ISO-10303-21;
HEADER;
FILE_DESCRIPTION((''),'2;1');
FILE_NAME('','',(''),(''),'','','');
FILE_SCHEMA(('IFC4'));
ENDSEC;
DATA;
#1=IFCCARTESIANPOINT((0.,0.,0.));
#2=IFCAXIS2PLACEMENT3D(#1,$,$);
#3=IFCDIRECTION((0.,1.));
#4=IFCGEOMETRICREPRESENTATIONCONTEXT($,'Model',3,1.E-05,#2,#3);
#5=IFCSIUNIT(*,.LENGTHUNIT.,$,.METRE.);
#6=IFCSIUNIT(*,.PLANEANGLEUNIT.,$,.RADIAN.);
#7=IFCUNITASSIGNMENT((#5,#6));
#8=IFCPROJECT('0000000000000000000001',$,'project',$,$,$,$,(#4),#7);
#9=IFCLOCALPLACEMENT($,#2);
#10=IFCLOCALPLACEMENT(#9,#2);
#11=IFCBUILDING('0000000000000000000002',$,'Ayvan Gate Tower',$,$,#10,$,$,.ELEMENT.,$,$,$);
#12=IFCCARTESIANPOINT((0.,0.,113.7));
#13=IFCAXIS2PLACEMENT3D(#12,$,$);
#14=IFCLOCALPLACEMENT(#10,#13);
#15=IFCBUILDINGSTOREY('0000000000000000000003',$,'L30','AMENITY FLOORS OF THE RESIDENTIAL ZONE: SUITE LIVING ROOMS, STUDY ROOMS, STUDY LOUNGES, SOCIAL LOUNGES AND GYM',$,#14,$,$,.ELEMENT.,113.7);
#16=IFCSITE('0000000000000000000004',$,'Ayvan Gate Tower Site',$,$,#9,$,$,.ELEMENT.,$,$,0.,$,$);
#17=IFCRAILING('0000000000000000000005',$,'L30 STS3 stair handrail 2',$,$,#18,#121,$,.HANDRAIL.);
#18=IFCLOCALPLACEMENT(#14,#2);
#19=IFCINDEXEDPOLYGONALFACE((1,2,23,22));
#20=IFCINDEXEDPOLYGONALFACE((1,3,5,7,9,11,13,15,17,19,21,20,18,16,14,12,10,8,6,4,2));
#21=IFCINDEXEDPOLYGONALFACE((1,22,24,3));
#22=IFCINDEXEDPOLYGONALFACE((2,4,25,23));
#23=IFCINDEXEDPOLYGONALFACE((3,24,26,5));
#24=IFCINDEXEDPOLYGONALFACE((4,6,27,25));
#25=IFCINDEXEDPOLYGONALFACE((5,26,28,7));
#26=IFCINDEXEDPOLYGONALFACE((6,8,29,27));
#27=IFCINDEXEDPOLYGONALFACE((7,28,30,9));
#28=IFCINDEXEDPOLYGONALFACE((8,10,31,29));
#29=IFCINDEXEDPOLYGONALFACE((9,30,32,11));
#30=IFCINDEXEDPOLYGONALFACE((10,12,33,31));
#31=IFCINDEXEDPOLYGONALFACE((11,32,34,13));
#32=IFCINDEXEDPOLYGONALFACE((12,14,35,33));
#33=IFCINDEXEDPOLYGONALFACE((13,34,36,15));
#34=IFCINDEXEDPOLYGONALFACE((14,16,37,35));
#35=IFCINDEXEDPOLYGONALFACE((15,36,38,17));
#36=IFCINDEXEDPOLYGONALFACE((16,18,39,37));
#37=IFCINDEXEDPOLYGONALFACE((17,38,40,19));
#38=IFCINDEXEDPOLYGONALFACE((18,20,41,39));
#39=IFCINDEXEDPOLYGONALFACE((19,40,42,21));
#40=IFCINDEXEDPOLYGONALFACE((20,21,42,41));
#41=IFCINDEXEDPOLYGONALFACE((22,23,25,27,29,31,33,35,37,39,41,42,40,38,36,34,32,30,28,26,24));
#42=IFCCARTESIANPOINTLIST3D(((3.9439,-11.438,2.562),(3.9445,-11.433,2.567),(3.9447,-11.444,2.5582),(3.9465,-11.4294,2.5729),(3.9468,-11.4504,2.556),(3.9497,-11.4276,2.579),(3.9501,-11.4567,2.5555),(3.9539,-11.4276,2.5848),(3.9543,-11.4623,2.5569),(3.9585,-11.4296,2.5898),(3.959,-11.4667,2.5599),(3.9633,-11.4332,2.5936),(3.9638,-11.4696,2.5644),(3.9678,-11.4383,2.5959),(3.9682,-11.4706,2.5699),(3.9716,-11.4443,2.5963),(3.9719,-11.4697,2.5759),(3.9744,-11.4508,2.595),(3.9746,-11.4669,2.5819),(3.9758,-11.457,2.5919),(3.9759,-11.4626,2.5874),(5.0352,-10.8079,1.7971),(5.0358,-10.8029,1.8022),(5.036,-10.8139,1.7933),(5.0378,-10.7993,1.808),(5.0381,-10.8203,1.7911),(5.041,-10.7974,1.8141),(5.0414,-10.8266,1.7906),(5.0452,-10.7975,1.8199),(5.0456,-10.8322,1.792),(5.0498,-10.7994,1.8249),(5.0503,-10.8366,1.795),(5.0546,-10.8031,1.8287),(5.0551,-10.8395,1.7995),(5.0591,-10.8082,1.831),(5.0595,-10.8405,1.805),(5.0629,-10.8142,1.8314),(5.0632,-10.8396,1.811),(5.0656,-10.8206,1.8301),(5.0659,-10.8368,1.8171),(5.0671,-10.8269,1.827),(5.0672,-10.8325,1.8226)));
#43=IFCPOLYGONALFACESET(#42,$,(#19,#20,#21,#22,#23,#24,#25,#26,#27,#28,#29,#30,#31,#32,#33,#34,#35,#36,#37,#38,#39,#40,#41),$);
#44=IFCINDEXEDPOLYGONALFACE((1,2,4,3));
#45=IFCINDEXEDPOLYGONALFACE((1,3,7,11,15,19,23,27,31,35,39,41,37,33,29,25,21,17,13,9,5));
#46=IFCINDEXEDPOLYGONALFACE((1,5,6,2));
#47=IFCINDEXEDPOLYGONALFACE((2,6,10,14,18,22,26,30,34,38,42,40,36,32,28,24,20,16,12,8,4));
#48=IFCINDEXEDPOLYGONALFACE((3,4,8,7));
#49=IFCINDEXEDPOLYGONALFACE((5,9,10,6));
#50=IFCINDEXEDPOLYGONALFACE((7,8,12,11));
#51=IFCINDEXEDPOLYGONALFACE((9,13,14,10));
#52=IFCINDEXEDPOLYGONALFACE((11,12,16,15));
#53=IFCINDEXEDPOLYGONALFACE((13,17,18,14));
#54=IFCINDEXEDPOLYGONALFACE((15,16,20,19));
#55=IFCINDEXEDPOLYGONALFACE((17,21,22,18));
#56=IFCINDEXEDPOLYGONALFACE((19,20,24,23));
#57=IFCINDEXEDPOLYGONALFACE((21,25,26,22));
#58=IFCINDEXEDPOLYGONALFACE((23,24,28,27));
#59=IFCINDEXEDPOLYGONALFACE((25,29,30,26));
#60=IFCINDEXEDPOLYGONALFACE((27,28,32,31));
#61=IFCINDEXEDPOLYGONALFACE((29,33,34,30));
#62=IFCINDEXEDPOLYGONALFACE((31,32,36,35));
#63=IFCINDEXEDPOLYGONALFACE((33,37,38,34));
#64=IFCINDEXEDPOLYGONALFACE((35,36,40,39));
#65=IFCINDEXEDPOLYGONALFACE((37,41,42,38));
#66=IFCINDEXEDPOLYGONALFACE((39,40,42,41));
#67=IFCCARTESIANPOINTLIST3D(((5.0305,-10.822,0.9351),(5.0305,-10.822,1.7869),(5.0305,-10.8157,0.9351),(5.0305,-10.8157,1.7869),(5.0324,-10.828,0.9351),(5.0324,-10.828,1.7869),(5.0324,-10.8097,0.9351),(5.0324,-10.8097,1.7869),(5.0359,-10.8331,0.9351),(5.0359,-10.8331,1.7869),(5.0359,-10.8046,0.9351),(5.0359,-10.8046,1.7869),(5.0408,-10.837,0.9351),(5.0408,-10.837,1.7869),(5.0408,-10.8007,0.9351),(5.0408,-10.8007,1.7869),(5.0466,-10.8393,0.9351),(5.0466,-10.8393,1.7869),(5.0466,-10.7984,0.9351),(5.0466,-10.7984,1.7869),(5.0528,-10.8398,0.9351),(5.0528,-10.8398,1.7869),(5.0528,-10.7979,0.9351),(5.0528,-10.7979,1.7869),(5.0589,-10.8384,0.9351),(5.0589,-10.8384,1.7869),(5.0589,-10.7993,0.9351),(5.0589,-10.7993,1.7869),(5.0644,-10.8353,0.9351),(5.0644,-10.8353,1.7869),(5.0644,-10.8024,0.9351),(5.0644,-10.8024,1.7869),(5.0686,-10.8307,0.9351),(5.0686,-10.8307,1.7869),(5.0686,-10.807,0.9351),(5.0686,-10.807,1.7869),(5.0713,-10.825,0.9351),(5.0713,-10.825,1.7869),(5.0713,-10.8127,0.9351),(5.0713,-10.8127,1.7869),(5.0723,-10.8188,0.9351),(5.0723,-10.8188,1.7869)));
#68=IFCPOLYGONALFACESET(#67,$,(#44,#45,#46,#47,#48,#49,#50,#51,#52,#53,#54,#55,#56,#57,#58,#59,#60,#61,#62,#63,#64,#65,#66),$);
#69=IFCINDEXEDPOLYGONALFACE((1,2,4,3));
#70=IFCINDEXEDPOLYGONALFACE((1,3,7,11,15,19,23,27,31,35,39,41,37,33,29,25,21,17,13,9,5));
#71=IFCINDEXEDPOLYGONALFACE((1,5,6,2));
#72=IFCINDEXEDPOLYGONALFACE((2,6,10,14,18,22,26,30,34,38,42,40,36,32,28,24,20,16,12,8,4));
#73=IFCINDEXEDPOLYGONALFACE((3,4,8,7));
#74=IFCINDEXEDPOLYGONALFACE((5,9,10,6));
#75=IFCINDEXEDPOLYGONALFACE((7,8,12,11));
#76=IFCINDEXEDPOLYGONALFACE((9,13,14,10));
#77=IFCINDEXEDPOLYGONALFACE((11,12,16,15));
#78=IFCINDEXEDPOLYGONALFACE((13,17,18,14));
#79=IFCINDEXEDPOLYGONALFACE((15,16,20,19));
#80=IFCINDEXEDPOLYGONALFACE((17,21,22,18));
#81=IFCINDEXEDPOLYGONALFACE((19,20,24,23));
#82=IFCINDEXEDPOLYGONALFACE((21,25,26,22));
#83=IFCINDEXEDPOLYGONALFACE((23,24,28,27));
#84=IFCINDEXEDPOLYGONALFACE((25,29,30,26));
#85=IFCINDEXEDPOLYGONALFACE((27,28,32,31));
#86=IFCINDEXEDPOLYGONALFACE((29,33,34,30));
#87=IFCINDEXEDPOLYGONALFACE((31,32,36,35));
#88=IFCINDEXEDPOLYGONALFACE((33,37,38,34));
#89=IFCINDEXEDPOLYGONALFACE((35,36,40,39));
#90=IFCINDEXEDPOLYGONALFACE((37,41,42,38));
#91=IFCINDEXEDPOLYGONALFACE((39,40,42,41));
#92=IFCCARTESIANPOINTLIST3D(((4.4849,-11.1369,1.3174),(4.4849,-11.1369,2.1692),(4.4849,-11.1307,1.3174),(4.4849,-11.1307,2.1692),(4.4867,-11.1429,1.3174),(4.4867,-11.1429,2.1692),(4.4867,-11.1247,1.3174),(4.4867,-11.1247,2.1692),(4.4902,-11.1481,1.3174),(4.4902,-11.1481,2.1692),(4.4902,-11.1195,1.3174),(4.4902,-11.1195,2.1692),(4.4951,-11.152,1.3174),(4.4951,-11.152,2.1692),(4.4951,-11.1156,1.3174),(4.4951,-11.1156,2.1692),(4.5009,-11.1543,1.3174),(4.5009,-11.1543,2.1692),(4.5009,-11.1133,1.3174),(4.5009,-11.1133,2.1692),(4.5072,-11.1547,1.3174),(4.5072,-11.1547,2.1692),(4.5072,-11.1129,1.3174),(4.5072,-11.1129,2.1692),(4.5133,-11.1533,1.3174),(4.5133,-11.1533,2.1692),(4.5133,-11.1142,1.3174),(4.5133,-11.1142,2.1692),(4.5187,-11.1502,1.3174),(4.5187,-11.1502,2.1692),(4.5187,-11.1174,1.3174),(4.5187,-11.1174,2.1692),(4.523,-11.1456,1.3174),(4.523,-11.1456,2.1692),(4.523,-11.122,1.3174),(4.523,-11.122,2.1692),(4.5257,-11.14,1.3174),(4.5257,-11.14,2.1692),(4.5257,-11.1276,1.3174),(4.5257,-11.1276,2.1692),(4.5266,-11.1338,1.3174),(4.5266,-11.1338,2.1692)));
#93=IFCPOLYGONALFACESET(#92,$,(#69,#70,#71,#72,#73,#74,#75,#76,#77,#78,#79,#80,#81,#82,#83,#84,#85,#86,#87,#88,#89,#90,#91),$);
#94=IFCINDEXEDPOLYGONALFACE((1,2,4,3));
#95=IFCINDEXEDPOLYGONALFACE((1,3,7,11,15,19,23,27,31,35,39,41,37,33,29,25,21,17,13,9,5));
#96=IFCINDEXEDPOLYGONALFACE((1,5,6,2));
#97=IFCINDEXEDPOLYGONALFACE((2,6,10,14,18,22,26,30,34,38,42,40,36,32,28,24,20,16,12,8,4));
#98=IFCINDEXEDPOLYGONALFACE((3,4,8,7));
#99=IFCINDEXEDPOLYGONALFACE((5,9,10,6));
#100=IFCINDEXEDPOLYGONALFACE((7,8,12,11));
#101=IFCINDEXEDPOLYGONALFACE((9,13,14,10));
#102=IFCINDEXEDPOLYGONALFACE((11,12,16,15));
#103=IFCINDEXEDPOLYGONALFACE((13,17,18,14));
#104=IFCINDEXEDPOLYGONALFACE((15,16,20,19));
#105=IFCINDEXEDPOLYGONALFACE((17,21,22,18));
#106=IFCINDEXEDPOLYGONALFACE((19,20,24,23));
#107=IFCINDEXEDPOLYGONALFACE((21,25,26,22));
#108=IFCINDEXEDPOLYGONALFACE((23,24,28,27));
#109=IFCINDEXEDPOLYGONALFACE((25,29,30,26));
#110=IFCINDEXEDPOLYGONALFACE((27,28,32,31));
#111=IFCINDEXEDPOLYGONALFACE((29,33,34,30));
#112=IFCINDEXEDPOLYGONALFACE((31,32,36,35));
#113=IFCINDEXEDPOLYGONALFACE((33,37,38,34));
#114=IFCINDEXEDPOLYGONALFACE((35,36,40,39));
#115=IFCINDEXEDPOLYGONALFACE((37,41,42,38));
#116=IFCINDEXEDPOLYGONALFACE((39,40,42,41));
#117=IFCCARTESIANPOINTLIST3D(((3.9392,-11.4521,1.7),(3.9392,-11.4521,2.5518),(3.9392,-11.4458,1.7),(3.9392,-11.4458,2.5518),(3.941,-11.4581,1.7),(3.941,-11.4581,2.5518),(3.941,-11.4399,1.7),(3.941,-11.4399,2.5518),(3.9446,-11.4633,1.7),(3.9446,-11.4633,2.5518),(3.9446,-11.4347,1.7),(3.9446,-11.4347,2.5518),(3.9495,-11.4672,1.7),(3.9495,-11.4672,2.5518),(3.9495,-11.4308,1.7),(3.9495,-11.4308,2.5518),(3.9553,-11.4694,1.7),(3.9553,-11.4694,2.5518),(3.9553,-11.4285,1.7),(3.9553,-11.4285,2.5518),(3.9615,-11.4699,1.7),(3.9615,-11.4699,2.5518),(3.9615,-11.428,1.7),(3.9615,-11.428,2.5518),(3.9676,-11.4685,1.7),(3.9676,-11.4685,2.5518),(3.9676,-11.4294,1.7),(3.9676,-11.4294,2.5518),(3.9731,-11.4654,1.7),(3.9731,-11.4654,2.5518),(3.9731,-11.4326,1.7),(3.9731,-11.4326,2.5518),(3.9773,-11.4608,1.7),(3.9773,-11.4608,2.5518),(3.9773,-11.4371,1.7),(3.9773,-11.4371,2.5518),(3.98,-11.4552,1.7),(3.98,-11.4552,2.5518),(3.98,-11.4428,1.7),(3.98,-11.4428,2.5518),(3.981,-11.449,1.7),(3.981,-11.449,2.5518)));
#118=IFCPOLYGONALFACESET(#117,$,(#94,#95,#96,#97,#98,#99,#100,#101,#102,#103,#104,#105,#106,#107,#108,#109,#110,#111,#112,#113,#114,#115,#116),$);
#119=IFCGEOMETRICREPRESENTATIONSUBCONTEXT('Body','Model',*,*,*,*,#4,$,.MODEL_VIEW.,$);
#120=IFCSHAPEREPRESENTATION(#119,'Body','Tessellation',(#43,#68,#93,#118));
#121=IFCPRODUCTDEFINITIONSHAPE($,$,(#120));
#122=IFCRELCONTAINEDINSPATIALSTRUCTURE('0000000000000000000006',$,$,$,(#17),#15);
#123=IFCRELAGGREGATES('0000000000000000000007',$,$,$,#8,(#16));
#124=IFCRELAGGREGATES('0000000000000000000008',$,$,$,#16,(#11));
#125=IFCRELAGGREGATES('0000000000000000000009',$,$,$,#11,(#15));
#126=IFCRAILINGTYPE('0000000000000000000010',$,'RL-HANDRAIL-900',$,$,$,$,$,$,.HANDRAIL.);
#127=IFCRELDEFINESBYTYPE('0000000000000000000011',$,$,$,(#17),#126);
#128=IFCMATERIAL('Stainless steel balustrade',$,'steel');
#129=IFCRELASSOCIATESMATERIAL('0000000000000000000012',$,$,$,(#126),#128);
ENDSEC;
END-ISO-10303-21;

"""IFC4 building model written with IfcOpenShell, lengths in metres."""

from ifc_helpers import new_model, si_unit, direction, frame, origin, origin_2d, place, context, subcontext, project, spatial, circle, extrude, material, type_object, element, save


model = new_model("IFC4")

# Units and contexts
model_context = context("Model", 3, precision=1e-05, world=origin(), true_north=direction((0.0, 1.0)))
body_context = subcontext(model_context, "Body", "Model", "MODEL_VIEW")
ifc_project = project(units=[si_unit("LENGTHUNIT", "METRE"), si_unit("PLANEANGLEUNIT", "RADIAN")], contexts=[model_context])

# Site, building, storey
site_placement = place(None, origin())
site = spatial("IfcSite", under=ifc_project, at=site_placement, Name="Ayvan Gate Tower Site", CompositionType="ELEMENT", RefElevation=0.0)
building_placement = place(site_placement, origin())
building = spatial("IfcBuilding", under=site, at=building_placement, Name="Ayvan Gate Tower", CompositionType="ELEMENT")
storey_placement = place(building_placement, frame((0.0, 0.0, 113.7)))
storey = spatial("IfcBuildingStorey", under=building, at=storey_placement, Name="L30", Description="AMENITY FLOORS OF THE RESIDENTIAL ZONE: SUITE LIVING ROOMS, STUDY ROOMS, STUDY LOUNGES, SOCIAL LOUNGES AND GYM", CompositionType="ELEMENT", Elevation=113.7)

# Railing
ifc_material_1 = material(Name="Stainless steel balustrade", Category="steel")
railing_type_1 = type_object("IfcRailingType", Name="RL-HANDRAIL-900", PredefinedType="HANDRAIL", material=ifc_material_1)
railing_1_placement = place(storey_placement, frame((5.0513, -10.8188, 0.9351)))
element("IfcRailing", 1, at=railing_1_placement, inside=storey, type_object=railing_type_1, Name="L30 STS3 stair handrail 2", PredefinedType="HANDRAIL", context=body_context, shape_type="SweptSolid", body=[
    extrude(circle(Radius=0.0239, at=origin_2d()), frame((0.0, 0.0, 0.876), z_axis=(-0.740304, -0.427455, 0.518875), x_axis=(0.500035, -0.866005, 0.0)), (0.0, 0.0, 1.0), 1.4741),
    extrude(circle(Radius=0.021, at=origin_2d()), origin(), (0.0, 0.0, 1.0), 0.8518),
    extrude(circle(Radius=0.021, at=origin_2d()), frame((-0.5457, -0.3149, 0.3823)), (0.0, 0.0, 1.0), 0.8518),
    extrude(circle(Radius=0.021, at=origin_2d()), frame((-1.0913, -0.6301, 0.7649)), (0.0, 0.0, 1.0), 0.8518),
])

save(model, "model.ifc")
